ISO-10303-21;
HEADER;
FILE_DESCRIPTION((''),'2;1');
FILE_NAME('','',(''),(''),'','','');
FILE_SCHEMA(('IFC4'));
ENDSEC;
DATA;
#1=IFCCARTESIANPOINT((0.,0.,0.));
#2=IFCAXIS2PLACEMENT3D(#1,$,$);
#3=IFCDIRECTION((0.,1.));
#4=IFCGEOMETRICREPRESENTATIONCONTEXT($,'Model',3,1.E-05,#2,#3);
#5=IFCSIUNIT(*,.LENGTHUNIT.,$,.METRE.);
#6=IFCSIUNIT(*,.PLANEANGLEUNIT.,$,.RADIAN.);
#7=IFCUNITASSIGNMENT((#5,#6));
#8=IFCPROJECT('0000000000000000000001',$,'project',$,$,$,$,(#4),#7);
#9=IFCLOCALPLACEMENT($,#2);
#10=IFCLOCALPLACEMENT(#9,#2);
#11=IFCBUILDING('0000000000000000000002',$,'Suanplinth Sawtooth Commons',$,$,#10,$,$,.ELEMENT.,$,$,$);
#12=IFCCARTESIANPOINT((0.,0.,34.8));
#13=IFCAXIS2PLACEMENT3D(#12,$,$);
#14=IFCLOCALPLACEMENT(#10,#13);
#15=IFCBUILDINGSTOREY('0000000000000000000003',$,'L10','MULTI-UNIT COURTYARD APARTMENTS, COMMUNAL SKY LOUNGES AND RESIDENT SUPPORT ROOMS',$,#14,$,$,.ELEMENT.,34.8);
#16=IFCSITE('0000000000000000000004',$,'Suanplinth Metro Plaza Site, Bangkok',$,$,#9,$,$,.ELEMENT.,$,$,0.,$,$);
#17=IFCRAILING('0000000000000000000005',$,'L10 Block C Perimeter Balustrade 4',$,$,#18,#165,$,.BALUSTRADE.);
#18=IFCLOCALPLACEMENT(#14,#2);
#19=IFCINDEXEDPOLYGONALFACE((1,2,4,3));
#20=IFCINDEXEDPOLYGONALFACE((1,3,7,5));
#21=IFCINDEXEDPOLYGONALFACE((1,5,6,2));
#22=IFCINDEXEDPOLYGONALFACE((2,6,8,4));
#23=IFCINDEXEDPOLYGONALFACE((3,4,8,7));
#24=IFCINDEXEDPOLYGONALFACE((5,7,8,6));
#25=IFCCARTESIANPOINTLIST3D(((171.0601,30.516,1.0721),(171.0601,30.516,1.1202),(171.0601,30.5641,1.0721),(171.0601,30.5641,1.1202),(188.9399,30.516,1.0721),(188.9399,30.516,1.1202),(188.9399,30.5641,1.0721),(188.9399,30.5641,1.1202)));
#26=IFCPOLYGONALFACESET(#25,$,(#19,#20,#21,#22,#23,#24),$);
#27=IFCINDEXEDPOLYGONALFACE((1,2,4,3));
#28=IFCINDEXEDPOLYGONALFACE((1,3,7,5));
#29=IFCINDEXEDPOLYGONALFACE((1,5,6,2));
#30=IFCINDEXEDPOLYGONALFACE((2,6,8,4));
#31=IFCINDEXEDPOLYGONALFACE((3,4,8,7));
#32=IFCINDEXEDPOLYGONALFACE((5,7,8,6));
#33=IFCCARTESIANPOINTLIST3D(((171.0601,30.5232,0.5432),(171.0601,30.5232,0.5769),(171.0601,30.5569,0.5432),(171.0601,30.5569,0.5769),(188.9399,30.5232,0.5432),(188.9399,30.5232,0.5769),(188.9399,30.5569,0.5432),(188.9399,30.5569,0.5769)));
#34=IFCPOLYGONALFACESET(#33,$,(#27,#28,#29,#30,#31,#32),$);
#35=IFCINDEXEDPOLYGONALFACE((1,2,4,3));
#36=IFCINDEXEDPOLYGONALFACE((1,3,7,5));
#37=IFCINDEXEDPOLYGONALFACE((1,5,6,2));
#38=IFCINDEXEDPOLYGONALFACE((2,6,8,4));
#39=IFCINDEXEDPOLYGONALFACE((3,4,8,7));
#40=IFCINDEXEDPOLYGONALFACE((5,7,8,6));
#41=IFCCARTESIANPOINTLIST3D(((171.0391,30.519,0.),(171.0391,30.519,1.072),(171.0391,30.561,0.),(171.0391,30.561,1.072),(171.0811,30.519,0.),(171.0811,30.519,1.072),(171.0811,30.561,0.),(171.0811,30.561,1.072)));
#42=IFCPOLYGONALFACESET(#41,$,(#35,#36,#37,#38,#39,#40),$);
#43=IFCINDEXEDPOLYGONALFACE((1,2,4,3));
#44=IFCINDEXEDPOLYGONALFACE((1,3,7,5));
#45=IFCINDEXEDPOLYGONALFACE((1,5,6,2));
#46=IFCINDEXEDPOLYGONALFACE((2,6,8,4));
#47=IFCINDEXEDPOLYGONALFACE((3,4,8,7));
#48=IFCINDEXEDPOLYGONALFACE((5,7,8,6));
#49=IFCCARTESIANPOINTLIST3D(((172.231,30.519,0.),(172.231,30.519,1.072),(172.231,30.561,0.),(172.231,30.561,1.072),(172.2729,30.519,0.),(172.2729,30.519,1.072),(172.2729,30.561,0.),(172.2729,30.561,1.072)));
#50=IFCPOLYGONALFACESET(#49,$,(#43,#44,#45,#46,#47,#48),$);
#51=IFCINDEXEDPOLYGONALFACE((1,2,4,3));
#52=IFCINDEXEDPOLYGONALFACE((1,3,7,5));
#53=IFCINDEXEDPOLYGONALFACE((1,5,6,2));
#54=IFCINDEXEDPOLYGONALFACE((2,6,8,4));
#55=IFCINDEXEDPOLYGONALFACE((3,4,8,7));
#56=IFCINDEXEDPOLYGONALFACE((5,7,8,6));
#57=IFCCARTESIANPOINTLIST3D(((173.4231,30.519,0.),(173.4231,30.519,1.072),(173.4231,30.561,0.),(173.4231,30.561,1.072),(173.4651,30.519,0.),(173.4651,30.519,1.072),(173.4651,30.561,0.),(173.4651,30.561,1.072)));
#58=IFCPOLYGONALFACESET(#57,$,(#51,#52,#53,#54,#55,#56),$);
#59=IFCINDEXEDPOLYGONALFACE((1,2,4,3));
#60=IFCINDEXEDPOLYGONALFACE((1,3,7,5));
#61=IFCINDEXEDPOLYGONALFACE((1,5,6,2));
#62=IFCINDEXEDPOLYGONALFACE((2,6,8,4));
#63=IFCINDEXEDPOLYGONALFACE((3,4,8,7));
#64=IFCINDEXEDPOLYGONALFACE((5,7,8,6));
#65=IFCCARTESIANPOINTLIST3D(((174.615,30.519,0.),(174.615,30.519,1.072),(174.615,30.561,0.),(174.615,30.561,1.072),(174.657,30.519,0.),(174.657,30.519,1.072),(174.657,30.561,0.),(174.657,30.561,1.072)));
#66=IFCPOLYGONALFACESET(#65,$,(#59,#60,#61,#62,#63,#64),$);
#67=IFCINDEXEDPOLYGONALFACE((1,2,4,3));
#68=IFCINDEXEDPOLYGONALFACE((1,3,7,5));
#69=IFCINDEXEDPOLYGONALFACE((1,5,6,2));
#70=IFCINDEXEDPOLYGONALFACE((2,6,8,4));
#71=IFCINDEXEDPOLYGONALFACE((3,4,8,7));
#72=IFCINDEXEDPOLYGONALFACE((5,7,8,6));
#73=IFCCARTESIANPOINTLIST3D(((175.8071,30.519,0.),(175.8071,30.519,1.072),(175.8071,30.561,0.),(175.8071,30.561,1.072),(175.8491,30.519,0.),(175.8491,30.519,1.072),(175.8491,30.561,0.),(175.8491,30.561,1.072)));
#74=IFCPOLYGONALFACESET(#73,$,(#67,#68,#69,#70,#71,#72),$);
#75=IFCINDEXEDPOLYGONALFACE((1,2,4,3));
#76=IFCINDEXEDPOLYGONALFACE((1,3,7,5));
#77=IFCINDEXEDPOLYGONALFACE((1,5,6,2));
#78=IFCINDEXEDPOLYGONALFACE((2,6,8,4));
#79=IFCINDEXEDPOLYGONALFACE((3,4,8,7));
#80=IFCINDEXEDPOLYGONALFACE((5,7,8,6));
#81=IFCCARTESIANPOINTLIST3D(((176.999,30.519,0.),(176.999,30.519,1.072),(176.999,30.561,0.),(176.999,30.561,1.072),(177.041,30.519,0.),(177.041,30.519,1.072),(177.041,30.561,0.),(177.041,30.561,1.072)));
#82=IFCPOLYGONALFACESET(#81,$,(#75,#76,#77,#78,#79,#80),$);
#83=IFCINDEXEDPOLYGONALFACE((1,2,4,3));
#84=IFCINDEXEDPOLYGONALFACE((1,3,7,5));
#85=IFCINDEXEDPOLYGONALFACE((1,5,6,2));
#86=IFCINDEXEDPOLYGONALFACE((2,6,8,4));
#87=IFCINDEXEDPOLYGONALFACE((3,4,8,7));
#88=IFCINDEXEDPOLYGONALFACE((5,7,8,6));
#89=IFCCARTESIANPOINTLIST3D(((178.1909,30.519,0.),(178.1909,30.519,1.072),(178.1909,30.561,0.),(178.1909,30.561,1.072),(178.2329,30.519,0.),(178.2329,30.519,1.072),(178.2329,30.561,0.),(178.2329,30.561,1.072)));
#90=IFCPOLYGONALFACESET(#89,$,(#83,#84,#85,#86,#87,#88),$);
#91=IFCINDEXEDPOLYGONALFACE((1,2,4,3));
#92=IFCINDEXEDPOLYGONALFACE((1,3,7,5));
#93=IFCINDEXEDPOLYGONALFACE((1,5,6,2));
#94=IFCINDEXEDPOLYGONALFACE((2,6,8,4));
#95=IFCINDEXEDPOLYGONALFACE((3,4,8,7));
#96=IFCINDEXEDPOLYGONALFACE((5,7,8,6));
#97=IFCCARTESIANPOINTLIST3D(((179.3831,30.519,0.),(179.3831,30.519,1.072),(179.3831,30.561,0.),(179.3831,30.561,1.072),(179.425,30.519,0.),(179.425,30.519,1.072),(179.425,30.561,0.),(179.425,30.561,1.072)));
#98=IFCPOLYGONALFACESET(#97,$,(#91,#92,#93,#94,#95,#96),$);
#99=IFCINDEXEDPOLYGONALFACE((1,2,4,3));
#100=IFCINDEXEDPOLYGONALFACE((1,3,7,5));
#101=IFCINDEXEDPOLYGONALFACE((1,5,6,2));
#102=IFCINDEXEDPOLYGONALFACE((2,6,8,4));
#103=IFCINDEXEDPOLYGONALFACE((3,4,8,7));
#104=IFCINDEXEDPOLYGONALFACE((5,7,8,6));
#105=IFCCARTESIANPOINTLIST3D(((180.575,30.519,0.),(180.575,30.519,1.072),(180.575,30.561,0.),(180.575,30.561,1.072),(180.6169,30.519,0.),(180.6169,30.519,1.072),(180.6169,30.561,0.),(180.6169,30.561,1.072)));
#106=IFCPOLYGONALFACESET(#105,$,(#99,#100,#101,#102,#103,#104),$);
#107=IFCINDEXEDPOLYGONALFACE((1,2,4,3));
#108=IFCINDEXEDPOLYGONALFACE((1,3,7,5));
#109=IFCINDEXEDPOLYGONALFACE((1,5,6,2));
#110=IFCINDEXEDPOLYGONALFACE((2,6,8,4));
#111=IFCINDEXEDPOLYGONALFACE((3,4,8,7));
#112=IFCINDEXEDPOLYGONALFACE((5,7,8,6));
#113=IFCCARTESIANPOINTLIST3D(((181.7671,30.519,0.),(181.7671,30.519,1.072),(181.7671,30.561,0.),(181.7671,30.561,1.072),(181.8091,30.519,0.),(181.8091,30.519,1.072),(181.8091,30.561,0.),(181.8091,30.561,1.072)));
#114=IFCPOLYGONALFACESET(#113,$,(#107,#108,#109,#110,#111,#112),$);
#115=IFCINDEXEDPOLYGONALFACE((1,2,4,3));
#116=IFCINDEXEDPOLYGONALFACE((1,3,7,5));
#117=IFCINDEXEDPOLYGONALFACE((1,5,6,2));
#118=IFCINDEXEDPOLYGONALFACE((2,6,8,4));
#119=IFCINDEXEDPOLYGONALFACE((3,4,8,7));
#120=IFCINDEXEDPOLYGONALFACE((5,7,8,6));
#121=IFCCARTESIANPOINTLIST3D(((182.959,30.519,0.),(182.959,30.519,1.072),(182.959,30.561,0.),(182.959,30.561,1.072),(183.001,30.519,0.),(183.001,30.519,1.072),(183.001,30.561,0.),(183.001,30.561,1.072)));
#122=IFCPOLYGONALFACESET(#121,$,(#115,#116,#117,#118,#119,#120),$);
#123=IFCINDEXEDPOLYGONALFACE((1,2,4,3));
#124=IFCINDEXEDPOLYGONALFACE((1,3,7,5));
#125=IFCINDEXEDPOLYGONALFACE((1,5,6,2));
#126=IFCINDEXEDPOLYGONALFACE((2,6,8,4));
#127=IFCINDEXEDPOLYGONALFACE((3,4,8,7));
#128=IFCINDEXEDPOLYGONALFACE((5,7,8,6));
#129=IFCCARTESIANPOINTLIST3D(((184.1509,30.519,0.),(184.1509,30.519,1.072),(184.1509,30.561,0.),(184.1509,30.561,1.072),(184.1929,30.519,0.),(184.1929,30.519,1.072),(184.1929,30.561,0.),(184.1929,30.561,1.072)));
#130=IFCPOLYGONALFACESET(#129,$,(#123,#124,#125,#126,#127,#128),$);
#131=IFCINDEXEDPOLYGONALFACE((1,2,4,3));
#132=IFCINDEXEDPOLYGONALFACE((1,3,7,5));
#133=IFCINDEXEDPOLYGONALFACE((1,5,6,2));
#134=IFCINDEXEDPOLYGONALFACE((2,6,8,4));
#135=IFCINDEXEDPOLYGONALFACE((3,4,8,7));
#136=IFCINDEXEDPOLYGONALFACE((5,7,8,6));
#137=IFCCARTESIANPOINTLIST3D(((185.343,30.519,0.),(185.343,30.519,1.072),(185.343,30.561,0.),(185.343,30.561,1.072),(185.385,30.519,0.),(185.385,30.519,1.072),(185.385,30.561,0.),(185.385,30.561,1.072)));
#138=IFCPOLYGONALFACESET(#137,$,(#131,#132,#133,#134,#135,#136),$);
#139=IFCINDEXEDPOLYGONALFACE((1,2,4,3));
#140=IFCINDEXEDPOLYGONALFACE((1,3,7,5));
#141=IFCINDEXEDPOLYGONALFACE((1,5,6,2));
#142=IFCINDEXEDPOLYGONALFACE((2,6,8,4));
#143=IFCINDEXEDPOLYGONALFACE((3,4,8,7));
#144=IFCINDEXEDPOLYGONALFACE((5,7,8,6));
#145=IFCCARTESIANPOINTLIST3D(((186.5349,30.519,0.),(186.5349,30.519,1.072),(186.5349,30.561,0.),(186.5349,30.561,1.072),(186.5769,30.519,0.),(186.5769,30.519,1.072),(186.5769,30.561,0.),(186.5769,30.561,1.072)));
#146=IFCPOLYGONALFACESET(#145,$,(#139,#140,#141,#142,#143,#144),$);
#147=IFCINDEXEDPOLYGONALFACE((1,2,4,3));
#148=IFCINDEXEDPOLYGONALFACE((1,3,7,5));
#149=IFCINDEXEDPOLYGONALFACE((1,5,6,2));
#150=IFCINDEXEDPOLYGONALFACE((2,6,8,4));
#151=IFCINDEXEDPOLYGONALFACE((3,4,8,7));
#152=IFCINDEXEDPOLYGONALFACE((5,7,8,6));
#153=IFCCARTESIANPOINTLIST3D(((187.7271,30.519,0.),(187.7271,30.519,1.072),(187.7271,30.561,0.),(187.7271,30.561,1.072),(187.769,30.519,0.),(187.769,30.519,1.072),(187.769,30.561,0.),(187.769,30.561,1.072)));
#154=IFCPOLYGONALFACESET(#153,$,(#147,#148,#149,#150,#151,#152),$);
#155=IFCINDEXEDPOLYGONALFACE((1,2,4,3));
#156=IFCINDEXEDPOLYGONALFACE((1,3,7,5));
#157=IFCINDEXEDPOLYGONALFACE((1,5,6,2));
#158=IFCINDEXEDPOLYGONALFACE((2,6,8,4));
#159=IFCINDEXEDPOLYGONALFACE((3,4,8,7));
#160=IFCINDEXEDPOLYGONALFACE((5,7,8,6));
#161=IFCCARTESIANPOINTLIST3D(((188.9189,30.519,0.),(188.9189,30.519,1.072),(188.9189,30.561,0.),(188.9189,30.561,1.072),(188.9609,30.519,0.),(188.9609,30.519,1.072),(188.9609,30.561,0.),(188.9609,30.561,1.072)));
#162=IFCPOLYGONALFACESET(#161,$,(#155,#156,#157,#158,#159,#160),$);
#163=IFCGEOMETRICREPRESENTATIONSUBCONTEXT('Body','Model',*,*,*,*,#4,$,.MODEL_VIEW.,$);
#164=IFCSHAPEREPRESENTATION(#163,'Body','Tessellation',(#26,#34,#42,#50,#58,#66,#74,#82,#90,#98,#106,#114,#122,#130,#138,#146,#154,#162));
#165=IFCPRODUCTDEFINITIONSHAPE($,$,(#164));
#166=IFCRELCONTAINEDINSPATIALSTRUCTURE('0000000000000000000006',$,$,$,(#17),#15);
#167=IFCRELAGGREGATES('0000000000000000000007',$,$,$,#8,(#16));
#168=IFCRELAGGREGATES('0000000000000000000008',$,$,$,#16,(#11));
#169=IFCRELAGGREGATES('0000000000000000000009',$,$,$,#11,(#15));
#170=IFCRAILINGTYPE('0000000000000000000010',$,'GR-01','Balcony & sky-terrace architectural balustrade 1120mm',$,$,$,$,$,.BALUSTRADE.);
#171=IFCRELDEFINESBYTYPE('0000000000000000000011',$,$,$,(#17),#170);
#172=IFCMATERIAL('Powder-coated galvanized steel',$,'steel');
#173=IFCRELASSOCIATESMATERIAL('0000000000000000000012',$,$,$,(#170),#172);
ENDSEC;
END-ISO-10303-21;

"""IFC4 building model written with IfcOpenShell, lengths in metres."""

from ifc_helpers import new_model, si_unit, direction, frame, origin, origin_2d, place, context, subcontext, project, spatial, rectangle, extrude, material, type_object, element, save


model = new_model("IFC4")

# Units and contexts
model_context = context("Model", 3, precision=1e-05, world=origin(), true_north=direction((0.0, 1.0)))
body_context = subcontext(model_context, "Body", "Model", "MODEL_VIEW")
ifc_project = project(units=[si_unit("LENGTHUNIT", "METRE"), si_unit("PLANEANGLEUNIT", "RADIAN")], contexts=[model_context])

# Site, building, storey
site_placement = place(None, origin())
site = spatial("IfcSite", under=ifc_project, at=site_placement, Name="Suanplinth Metro Plaza Site, Bangkok", CompositionType="ELEMENT", RefElevation=0.0)
building_placement = place(site_placement, origin())
building = spatial("IfcBuilding", under=site, at=building_placement, Name="Suanplinth Sawtooth Commons", CompositionType="ELEMENT")
storey_placement = place(building_placement, frame((0.0, 0.0, 34.8)))
storey = spatial("IfcBuildingStorey", under=building, at=storey_placement, Name="L10", Description="MULTI-UNIT COURTYARD APARTMENTS, COMMUNAL SKY LOUNGES AND RESIDENT SUPPORT ROOMS", CompositionType="ELEMENT", Elevation=34.8)

# Railing
ifc_material_1 = material(Name="Powder-coated galvanized steel", Category="steel")
railing_type = type_object("IfcRailingType", Name="GR-01", Description="Balcony & sky-terrace architectural balustrade 1120mm", PredefinedType="BALUSTRADE", material=ifc_material_1)
railing_placement = place(storey_placement, frame((171.0601, 30.54, 0.0)))
element("IfcRailing", 1, at=railing_placement, inside=storey, type_object=railing_type, Name="L10 Block C Perimeter Balustrade 4", PredefinedType="BALUSTRADE", context=body_context, shape_type="SweptSolid", body=[
    extrude(rectangle(XDim=0.0481, YDim=0.0481, at=origin_2d()), frame((0.0, 0.0, 1.0962), z_axis=(1.0, 0.0, 0.0), x_axis=(0.0, 1.0, 0.0)), (0.0, 0.0, 1.0), 17.8799),
    extrude(rectangle(XDim=0.0337, YDim=0.0337, at=origin_2d()), frame((0.0, 0.0, 0.5601), z_axis=(1.0, 0.0, 0.0), x_axis=(0.0, 1.0, 0.0)), (0.0, 0.0, 1.0), 17.8799),
    extrude(rectangle(XDim=0.042, YDim=0.042, at=origin_2d()), origin(), (0.0, 0.0, 1.0), 1.072),
    extrude(rectangle(XDim=0.042, YDim=0.042, at=origin_2d()), frame((1.1919, 0.0, 0.0)), (0.0, 0.0, 1.0), 1.072),
    extrude(rectangle(XDim=0.042, YDim=0.042, at=origin_2d()), frame((2.384, 0.0, 0.0)), (0.0, 0.0, 1.0), 1.072),
    extrude(rectangle(XDim=0.042, YDim=0.042, at=origin_2d()), frame((3.5759, 0.0, 0.0)), (0.0, 0.0, 1.0), 1.072),
    extrude(rectangle(XDim=0.042, YDim=0.042, at=origin_2d()), frame((4.7681, 0.0, 0.0)), (0.0, 0.0, 1.0), 1.072),
    extrude(rectangle(XDim=0.042, YDim=0.042, at=origin_2d()), frame((5.96, 0.0, 0.0)), (0.0, 0.0, 1.0), 1.072),
    extrude(rectangle(XDim=0.042, YDim=0.042, at=origin_2d()), frame((7.1519, 0.0, 0.0)), (0.0, 0.0, 1.0), 1.072),
    extrude(rectangle(XDim=0.042, YDim=0.042, at=origin_2d()), frame((8.344, 0.0, 0.0)), (0.0, 0.0, 1.0), 1.072),
    extrude(rectangle(XDim=0.042, YDim=0.042, at=origin_2d()), frame((9.5359, 0.0, 0.0)), (0.0, 0.0, 1.0), 1.072),
    extrude(rectangle(XDim=0.042, YDim=0.042, at=origin_2d()), frame((10.728, 0.0, 0.0)), (0.0, 0.0, 1.0), 1.072),
    extrude(rectangle(XDim=0.042, YDim=0.042, at=origin_2d()), frame((11.9199, 0.0, 0.0)), (0.0, 0.0, 1.0), 1.072),
    extrude(rectangle(XDim=0.042, YDim=0.042, at=origin_2d()), frame((13.1118, 0.0, 0.0)), (0.0, 0.0, 1.0), 1.072),
    extrude(rectangle(XDim=0.042, YDim=0.042, at=origin_2d()), frame((14.304, 0.0, 0.0)), (0.0, 0.0, 1.0), 1.072),
    extrude(rectangle(XDim=0.042, YDim=0.042, at=origin_2d()), frame((15.4958, 0.0, 0.0)), (0.0, 0.0, 1.0), 1.072),
    extrude(rectangle(XDim=0.042, YDim=0.042, at=origin_2d()), frame((16.688, 0.0, 0.0)), (0.0, 0.0, 1.0), 1.072),
    extrude(rectangle(XDim=0.042, YDim=0.042, at=origin_2d()), frame((17.8799, 0.0, 0.0)), (0.0, 0.0, 1.0), 1.072),
])

save(model, "model.ifc")
